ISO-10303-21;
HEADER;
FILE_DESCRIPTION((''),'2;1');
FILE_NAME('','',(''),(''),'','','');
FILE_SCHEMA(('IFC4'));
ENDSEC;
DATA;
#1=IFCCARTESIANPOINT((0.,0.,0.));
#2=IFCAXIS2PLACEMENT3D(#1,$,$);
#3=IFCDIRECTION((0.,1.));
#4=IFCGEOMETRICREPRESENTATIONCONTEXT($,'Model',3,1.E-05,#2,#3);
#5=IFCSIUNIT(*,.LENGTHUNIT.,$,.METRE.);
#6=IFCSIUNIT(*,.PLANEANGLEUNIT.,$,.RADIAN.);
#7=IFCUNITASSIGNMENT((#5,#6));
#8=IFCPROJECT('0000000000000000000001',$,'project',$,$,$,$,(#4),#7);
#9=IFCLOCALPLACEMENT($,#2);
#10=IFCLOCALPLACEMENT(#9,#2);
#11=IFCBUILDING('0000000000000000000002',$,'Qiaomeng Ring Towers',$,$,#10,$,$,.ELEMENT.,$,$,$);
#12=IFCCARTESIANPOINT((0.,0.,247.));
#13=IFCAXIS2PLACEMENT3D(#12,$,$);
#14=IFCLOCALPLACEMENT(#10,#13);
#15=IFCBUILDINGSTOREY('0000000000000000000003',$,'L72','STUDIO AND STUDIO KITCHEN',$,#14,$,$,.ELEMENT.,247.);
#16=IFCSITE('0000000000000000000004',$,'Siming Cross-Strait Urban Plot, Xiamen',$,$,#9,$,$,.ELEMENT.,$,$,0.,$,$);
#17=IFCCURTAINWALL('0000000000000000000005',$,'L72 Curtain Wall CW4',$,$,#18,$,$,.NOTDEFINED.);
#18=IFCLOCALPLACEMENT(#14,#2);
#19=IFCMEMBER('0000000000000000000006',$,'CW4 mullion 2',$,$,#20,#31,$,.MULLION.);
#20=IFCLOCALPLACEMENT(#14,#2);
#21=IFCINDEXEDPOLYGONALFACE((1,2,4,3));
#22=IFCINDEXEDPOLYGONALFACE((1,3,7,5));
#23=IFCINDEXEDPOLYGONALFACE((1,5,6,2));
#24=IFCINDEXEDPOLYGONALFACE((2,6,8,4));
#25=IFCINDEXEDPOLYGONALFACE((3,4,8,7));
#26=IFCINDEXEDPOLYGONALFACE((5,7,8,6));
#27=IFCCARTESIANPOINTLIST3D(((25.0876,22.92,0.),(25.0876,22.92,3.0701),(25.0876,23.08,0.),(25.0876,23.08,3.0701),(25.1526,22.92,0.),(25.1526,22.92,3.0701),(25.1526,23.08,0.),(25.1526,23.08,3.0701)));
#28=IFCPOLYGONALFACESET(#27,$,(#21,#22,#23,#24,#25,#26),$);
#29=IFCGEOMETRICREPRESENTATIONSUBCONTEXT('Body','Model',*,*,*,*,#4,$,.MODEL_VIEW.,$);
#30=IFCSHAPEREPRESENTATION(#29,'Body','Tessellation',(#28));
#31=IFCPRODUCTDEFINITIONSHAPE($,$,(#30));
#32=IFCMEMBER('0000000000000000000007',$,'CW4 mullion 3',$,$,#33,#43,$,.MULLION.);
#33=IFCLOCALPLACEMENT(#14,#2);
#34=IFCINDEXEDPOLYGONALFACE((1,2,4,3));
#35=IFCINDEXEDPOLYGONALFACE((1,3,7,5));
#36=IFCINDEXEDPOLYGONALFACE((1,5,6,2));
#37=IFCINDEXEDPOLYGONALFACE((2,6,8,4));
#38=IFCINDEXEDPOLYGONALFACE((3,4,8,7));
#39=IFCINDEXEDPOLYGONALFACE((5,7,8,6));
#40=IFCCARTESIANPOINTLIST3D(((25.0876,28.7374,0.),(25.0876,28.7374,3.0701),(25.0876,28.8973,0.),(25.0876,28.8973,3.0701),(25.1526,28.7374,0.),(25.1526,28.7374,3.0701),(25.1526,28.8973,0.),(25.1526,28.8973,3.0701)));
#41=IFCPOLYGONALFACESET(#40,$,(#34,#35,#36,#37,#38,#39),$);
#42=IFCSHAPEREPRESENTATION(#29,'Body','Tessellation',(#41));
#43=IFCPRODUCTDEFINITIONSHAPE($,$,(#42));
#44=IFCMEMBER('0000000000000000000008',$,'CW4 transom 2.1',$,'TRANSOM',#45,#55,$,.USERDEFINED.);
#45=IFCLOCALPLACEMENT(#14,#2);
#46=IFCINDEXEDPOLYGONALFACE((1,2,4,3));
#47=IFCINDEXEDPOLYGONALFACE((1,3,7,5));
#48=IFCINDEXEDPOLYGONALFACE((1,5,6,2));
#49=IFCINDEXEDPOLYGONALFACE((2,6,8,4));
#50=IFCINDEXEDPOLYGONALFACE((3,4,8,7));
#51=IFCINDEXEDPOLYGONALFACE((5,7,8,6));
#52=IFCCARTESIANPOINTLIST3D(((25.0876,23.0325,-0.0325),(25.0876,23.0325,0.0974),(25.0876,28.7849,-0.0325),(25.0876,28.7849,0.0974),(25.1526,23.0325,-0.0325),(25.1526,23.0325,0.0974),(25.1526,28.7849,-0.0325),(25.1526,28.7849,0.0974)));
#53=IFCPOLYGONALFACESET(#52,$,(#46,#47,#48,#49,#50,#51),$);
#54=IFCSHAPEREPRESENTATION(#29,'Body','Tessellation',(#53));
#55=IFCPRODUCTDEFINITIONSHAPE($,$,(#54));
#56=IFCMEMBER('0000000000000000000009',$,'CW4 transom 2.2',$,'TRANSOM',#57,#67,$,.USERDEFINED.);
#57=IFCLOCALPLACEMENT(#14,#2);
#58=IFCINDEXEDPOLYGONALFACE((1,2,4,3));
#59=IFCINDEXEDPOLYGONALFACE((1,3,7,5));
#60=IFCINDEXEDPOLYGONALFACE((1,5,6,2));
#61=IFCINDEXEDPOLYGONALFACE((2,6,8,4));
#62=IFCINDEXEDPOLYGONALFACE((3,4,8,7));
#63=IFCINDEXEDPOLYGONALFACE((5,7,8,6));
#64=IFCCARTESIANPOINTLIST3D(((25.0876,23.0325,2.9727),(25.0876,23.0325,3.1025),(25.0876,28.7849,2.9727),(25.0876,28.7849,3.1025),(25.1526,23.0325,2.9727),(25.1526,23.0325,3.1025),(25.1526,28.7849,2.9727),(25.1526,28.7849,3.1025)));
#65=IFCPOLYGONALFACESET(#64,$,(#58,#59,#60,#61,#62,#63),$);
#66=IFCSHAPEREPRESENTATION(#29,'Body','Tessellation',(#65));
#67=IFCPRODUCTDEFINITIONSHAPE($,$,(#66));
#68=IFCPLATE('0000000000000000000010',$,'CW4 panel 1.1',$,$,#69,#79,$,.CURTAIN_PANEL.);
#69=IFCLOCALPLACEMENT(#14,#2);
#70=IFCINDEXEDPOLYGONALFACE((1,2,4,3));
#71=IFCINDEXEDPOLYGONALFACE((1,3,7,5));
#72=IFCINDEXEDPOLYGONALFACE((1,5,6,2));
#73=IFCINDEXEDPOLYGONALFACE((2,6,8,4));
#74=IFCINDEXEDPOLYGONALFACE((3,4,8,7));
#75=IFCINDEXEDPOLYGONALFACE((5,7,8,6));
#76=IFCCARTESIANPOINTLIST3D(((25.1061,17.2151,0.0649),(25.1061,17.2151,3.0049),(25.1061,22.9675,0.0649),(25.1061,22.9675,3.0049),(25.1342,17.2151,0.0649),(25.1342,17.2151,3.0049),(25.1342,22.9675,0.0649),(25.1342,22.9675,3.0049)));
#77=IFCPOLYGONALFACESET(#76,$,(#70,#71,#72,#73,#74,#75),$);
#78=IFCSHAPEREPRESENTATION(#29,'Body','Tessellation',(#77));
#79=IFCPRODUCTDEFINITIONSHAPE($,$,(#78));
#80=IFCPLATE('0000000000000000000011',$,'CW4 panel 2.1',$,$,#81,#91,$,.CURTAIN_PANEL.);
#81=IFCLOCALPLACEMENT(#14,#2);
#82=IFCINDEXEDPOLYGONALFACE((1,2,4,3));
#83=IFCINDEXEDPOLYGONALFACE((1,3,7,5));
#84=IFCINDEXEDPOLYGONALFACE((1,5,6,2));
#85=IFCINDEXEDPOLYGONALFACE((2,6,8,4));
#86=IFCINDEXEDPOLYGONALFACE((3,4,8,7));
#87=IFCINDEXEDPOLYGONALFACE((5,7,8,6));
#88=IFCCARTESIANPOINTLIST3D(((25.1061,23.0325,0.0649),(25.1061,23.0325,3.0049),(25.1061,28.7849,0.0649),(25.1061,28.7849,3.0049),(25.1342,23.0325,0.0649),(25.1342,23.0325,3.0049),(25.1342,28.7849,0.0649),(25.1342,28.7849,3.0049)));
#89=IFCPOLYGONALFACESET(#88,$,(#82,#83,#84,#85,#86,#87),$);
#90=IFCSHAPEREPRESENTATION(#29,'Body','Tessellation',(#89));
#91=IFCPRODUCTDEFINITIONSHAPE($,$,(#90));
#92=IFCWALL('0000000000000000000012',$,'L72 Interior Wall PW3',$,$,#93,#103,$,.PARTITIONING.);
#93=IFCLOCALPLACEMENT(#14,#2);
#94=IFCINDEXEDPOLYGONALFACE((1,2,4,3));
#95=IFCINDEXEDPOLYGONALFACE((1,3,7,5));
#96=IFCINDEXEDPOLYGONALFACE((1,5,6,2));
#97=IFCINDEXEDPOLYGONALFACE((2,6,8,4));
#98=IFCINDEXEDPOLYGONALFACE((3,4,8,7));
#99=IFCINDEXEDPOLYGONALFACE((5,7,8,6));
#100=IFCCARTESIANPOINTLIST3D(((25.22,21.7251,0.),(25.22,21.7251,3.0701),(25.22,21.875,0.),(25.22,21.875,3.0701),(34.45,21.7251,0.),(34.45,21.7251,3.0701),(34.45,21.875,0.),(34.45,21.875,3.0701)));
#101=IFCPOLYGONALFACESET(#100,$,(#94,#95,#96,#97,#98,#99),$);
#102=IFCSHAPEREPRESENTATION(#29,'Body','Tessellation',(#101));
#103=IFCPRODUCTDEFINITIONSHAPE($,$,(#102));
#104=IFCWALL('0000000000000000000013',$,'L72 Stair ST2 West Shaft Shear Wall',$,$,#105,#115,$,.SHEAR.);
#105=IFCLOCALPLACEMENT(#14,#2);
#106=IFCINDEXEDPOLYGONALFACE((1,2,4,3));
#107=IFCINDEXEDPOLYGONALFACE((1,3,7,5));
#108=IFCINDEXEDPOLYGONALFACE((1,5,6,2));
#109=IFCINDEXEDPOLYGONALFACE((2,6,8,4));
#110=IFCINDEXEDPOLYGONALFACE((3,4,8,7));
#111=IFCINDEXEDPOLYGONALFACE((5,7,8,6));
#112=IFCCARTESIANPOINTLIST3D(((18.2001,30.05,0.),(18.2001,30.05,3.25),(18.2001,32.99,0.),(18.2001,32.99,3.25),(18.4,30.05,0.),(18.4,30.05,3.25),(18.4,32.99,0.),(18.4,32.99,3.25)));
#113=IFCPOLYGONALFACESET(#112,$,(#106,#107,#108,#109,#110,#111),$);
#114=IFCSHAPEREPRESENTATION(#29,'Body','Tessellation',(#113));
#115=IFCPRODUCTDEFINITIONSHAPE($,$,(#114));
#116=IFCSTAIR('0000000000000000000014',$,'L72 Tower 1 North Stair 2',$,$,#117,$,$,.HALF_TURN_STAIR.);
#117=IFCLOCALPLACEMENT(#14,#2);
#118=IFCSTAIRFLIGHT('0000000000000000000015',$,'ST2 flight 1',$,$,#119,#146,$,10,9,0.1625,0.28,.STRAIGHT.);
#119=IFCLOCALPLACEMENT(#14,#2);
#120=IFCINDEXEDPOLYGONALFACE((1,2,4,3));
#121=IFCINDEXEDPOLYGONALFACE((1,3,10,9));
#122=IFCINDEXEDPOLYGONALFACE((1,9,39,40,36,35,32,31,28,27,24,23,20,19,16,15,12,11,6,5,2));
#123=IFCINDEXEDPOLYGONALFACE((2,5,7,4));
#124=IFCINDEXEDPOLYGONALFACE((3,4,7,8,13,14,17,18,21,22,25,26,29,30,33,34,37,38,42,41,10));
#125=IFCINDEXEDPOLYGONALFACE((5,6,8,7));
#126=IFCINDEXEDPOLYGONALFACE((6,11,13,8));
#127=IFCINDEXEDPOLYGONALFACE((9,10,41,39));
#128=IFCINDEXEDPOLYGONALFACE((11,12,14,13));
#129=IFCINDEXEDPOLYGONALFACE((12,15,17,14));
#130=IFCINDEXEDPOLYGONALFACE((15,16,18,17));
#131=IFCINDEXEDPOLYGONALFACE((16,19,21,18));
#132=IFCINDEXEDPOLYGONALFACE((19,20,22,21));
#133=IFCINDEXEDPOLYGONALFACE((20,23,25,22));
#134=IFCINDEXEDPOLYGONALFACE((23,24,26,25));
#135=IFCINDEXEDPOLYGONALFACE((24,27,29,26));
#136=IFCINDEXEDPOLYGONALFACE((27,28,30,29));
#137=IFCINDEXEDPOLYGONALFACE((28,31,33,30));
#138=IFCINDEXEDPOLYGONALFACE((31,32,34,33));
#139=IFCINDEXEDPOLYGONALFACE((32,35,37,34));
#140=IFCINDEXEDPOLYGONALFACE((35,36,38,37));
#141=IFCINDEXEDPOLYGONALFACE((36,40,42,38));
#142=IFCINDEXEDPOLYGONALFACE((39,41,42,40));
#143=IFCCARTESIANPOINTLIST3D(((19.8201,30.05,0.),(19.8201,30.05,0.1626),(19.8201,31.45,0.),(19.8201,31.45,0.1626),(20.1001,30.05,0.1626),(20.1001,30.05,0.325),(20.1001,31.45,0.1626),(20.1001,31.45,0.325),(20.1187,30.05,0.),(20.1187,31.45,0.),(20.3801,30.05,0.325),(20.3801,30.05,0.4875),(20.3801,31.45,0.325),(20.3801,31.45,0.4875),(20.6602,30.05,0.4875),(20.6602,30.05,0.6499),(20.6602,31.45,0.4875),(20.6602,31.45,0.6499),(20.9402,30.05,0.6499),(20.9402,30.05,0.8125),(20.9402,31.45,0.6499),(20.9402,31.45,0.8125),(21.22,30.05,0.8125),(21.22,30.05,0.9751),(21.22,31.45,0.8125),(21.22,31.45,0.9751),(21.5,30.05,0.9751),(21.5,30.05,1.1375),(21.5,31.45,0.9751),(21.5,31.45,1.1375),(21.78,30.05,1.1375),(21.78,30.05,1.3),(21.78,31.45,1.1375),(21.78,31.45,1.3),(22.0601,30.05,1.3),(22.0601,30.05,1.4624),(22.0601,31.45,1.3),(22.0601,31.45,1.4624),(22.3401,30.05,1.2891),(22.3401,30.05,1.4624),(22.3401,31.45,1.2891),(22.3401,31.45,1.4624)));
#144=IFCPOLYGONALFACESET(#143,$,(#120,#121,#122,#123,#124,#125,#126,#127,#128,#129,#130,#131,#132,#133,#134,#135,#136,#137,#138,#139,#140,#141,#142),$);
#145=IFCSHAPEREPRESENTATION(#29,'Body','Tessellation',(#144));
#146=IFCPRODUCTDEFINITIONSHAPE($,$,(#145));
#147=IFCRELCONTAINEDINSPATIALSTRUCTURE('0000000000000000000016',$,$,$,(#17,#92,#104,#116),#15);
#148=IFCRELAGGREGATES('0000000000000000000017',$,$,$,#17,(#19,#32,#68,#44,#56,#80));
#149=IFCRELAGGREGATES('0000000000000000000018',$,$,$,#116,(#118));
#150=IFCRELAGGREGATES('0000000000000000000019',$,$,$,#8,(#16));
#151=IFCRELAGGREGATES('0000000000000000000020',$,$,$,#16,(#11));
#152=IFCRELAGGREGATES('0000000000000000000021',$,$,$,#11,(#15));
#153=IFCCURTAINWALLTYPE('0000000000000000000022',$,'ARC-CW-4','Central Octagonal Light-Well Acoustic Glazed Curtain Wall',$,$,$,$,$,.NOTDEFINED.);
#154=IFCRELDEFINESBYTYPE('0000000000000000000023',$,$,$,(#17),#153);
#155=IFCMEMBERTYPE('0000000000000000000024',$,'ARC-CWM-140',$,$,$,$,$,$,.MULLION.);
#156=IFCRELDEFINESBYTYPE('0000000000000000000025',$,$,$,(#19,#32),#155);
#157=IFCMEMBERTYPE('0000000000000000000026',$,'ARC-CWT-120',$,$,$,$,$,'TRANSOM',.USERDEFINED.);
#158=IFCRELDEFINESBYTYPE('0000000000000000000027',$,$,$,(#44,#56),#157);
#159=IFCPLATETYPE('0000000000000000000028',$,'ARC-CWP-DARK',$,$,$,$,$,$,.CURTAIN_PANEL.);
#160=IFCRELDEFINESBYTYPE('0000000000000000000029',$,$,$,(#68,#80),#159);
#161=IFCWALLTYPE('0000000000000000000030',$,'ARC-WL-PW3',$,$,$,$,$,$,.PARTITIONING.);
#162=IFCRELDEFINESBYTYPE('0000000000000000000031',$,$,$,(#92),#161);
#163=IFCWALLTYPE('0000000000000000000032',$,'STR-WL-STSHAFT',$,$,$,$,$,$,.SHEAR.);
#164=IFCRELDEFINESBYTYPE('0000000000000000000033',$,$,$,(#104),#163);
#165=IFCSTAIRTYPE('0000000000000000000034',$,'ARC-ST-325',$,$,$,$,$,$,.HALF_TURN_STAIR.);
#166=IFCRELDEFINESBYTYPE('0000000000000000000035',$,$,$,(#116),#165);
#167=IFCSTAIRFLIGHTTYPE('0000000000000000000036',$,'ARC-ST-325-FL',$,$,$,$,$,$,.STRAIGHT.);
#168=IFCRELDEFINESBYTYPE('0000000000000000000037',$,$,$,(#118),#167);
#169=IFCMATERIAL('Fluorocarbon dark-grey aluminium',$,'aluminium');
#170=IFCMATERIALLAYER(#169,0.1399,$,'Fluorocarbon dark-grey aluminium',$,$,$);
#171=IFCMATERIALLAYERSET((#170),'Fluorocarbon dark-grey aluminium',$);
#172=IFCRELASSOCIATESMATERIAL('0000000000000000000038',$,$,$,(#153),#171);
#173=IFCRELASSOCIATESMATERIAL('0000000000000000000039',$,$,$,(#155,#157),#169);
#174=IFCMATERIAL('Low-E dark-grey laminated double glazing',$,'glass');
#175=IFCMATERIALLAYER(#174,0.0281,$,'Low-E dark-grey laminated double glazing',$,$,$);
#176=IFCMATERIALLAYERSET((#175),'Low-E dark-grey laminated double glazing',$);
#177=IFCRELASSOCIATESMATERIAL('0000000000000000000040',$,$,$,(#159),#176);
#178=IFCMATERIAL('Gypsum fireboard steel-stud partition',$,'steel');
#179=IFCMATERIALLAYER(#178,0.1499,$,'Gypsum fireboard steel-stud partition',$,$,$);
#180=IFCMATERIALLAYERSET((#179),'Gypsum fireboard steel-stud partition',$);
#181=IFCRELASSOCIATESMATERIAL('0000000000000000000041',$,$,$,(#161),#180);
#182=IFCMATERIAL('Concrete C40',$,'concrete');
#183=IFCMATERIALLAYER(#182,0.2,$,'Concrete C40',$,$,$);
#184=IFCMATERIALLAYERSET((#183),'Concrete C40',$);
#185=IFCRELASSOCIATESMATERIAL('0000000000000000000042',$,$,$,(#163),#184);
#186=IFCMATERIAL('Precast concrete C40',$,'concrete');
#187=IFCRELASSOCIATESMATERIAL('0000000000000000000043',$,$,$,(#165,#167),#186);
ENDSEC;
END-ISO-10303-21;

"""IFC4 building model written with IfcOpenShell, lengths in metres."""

from ifc_helpers import new_model, si_unit, direction, frame, frame_2d, origin, origin_2d, place, context, subcontext, project, spatial, polyline, rectangle, outline, extrude, source, transform, mapped, material, layer, layer_set, material_profile, profile_set, type_object, element, aggregate, save


model = new_model("IFC4")

# Units and contexts
model_context = context("Model", 3, precision=1e-05, world=origin(), true_north=direction((0.0, 1.0)))
body_context = subcontext(model_context, "Body", "Model", "MODEL_VIEW")
ifc_project = project(units=[si_unit("LENGTHUNIT", "METRE"), si_unit("PLANEANGLEUNIT", "RADIAN")], contexts=[model_context])

# Site, building, storey
site_placement = place(None, origin())
site = spatial("IfcSite", under=ifc_project, at=site_placement, Name="Siming Cross-Strait Urban Plot, Xiamen", CompositionType="ELEMENT", RefElevation=0.0)
building_placement = place(site_placement, origin())
building = spatial("IfcBuilding", under=site, at=building_placement, Name="Qiaomeng Ring Towers", CompositionType="ELEMENT")
storey_placement = place(building_placement, frame((0.0, 0.0, 247.0)))
storey = spatial("IfcBuildingStorey", under=building, at=storey_placement, Name="L72", Description="STUDIO AND STUDIO KITCHEN", CompositionType="ELEMENT", Elevation=247.0)

# Curtain wall, members, plates
ifc_material_1 = material(Name="Fluorocarbon dark-grey aluminium", Category="aluminium")
ifc_layer_1 = layer(ifc_material_1, 0.1399, Name="Fluorocarbon dark-grey aluminium")
ifc_layer_set_1 = layer_set([ifc_layer_1], Name="Fluorocarbon dark-grey aluminium")
curtain_wall_type = type_object("IfcCurtainWallType", Name="ARC-CW-4", Description="Central Octagonal Light-Well Acoustic Glazed Curtain Wall", PredefinedType="NOTDEFINED", material=ifc_layer_set_1)
curtain_wall_placement = place(storey_placement, origin())
curtain_wall = element("IfcCurtainWall", 1, at=curtain_wall_placement, inside=storey, type_object=curtain_wall_type, Name="L72 Curtain Wall CW4", PredefinedType="NOTDEFINED")
ifc_material_profile_1 = material_profile(ifc_material_1, rectangle(XDim=0.0649, YDim=0.1599, at=origin_2d()), Name="ALU MULL 65x160")
ifc_profile_set_1 = profile_set([ifc_material_profile_1], Name="Fluorocarbon dark-grey aluminium")
member_type_1 = type_object("IfcMemberType", Name="ARC-CWM-140", PredefinedType="MULLION", material=ifc_profile_set_1)
shared_shape_1 = source(origin(), body_context, "Body", "SweptSolid", [
    extrude(rectangle(XDim=0.0649, YDim=0.1599, at=origin_2d()), origin(), (0.0, 0.0, 1.0), 3.0701),
])
member_1_placement = place(storey_placement, frame((25.1201, 23.0, 0.0), z_axis=(0.0, 0.0, 1.0), x_axis=(-1.0, 0.0, 0.0)))
member_1 = element("IfcMember", 2, at=member_1_placement, type_object=member_type_1, Name="CW4 mullion 2", PredefinedType="MULLION", context=body_context, shape_type="MappedRepresentation", body=[
    mapped(shared_shape_1, transform((0.0, 0.0, 0.0), x_axis=(1.0, 0.0, 0.0), y_axis=(0.0, 1.0, 0.0), z_axis=(0.0, 0.0, 1.0), scale=1.0)),
])
member_2_placement = place(storey_placement, frame((25.1201, 28.8174, 0.0), z_axis=(0.0, 0.0, 1.0), x_axis=(-1.0, 0.0, 0.0)))
member_2 = element("IfcMember", 3, at=member_2_placement, type_object=member_type_1, Name="CW4 mullion 3", PredefinedType="MULLION", context=body_context, shape_type="MappedRepresentation", body=[
    mapped(shared_shape_1, transform((0.0, 0.0, 0.0), x_axis=(1.0, 0.0, 0.0), y_axis=(0.0, 1.0, 0.0), z_axis=(0.0, 0.0, 1.0), scale=1.0)),
])
ifc_material_profile_2 = material_profile(ifc_material_1, rectangle(XDim=0.0649, YDim=0.1299, at=origin_2d()), Name="ALU TRAN 65x130")
ifc_profile_set_2 = profile_set([ifc_material_profile_2], Name="Fluorocarbon dark-grey aluminium")
member_type_2 = type_object("IfcMemberType", Name="ARC-CWT-120", ElementType="TRANSOM", PredefinedType="USERDEFINED", material=ifc_profile_set_2)
shared_shape_2 = source(origin(), body_context, "Body", "SweptSolid", [
    extrude(rectangle(XDim=0.0649, YDim=0.1299, at=origin_2d()), origin(), (0.0, 0.0, 1.0), 5.7524),
])
member_3_placement = place(storey_placement, frame((25.1201, 23.0325, 0.0325), z_axis=(0.0, 1.0, 0.0), x_axis=(-1.0, 0.0, 0.0)))
member_3 = element("IfcMember", 4, at=member_3_placement, type_object=member_type_2, Name="CW4 transom 2.1", ObjectType="TRANSOM", PredefinedType="USERDEFINED", context=body_context, shape_type="MappedRepresentation", body=[
    mapped(shared_shape_2, transform((0.0, 0.0, 0.0), x_axis=(1.0, 0.0, 0.0), y_axis=(0.0, 1.0, 0.0), z_axis=(0.0, 0.0, 1.0), scale=1.0)),
])
member_4_placement = place(storey_placement, frame((25.1201, 23.0325, 3.0376), z_axis=(0.0, 1.0, 0.0), x_axis=(-1.0, 0.0, 0.0)))
member_4 = element("IfcMember", 5, at=member_4_placement, type_object=member_type_2, Name="CW4 transom 2.2", ObjectType="TRANSOM", PredefinedType="USERDEFINED", context=body_context, shape_type="MappedRepresentation", body=[
    mapped(shared_shape_2, transform((0.0, 0.0, 0.0), x_axis=(1.0, 0.0, 0.0), y_axis=(0.0, 1.0, 0.0), z_axis=(0.0, 0.0, 1.0), scale=1.0)),
])
ifc_material_2 = material(Name="Low-E dark-grey laminated double glazing", Category="glass")
ifc_layer_2 = layer(ifc_material_2, 0.0281, Name="Low-E dark-grey laminated double glazing")
ifc_layer_set_2 = layer_set([ifc_layer_2], Name="Low-E dark-grey laminated double glazing")
plate_type = type_object("IfcPlateType", Name="ARC-CWP-DARK", PredefinedType="CURTAIN_PANEL", material=ifc_layer_set_2)
shared_shape_3 = source(origin(), body_context, "Body", "SweptSolid", [
    extrude(rectangle(XDim=5.7524, YDim=0.0281, at=origin_2d()), origin(), (0.0, 0.0, 1.0), 2.9399),
])
plate_1_placement = place(storey_placement, frame((25.1201, 20.0913, 0.0649), z_axis=(0.0, 0.0, 1.0), x_axis=(0.0, 1.0, 0.0)))
plate_1 = element("IfcPlate", 6, at=plate_1_placement, type_object=plate_type, Name="CW4 panel 1.1", PredefinedType="CURTAIN_PANEL", context=body_context, shape_type="MappedRepresentation", body=[
    mapped(shared_shape_3, transform((0.0, 0.0, 0.0), x_axis=(1.0, 0.0, 0.0), y_axis=(0.0, 1.0, 0.0), z_axis=(0.0, 0.0, 1.0), scale=1.0)),
])
plate_2_placement = place(storey_placement, frame((25.1201, 25.9087, 0.0649), z_axis=(0.0, 0.0, 1.0), x_axis=(0.0, 1.0, 0.0)))
plate_2 = element("IfcPlate", 7, at=plate_2_placement, type_object=plate_type, Name="CW4 panel 2.1", PredefinedType="CURTAIN_PANEL", context=body_context, shape_type="MappedRepresentation", body=[
    mapped(shared_shape_3, transform((0.0, 0.0, 0.0), x_axis=(1.0, 0.0, 0.0), y_axis=(0.0, 1.0, 0.0), z_axis=(0.0, 0.0, 1.0), scale=1.0)),
])
aggregate(curtain_wall, [member_1, member_2, plate_1, member_3, member_4, plate_2])

# Walls
ifc_material_3 = material(Name="Gypsum fireboard steel-stud partition", Category="steel")
ifc_layer_3 = layer(ifc_material_3, 0.1499, Name="Gypsum fireboard steel-stud partition")
ifc_layer_set_3 = layer_set([ifc_layer_3], Name="Gypsum fireboard steel-stud partition")
wall_type_1 = type_object("IfcWallType", Name="ARC-WL-PW3", PredefinedType="PARTITIONING", material=ifc_layer_set_3)
wall_1_placement = place(storey_placement, frame((25.22, 21.8, 0.0), z_axis=(0.0, 0.0, 1.0), x_axis=(1.0, 0.0, 0.0)))
element("IfcWall", 8, at=wall_1_placement, inside=storey, type_object=wall_type_1, Name="L72 Interior Wall PW3", PredefinedType="PARTITIONING", context=body_context, shape_type="SweptSolid", body=[
    extrude(rectangle(XDim=9.23, YDim=0.1499, at=frame_2d((4.615, 0.0))), origin(), (0.0, 0.0, 1.0), 3.0701),
])
ifc_material_4 = material(Name="Concrete C40", Category="concrete")
ifc_layer_4 = layer(ifc_material_4, 0.2, Name="Concrete C40")
ifc_layer_set_4 = layer_set([ifc_layer_4], Name="Concrete C40")
wall_type_2 = type_object("IfcWallType", Name="STR-WL-STSHAFT", PredefinedType="SHEAR", material=ifc_layer_set_4)
wall_2_placement = place(storey_placement, frame((18.3, 30.05, 0.0), z_axis=(0.0, 0.0, 1.0), x_axis=(0.0, 1.0, 0.0)))
element("IfcWall", 9, at=wall_2_placement, inside=storey, type_object=wall_type_2, Name="L72 Stair ST2 West Shaft Shear Wall", PredefinedType="SHEAR", context=body_context, shape_type="SweptSolid", body=[
    extrude(rectangle(XDim=2.9399, YDim=0.2, at=frame_2d((1.47, 0.0))), origin(), (0.0, 0.0, 1.0), 3.25),
])

# Stair, stair flight
ifc_material_5 = material(Name="Precast concrete C40", Category="concrete")
stair_type = type_object("IfcStairType", Name="ARC-ST-325", PredefinedType="HALF_TURN_STAIR", material=ifc_material_5)
stair_placement = place(storey_placement, origin())
stair = element("IfcStair", 10, at=stair_placement, inside=storey, type_object=stair_type, Name="L72 Tower 1 North Stair 2", PredefinedType="HALF_TURN_STAIR")
stair_flight_type = type_object("IfcStairFlightType", Name="ARC-ST-325-FL", PredefinedType="STRAIGHT", material=ifc_material_5)
shared_shape_4 = source(origin(), body_context, "Body", "SweptSolid", [
    extrude(outline(polyline([(0.0, 0.0), (0.0, 0.1626), (0.28, 0.1626), (0.28, 0.325), (0.5601, 0.325), (0.5601, 0.4875), (0.8401, 0.4875), (0.8401, 0.6499), (1.1201, 0.6499), (1.1201, 0.8125), (1.3999, 0.8125), (1.3999, 0.9751), (1.6799, 0.9751), (1.6799, 1.1375), (1.96, 1.1375), (1.96, 1.3), (2.24, 1.3), (2.24, 1.4624), (2.52, 1.4624), (2.52, 1.625), (2.52, 1.2891), (0.2986, 0.0), (0.0, 0.0)])), frame((0.0, 0.7, 0.0), z_axis=(0.0, -1.0, 0.0), x_axis=(1.0, 0.0, 0.0)), (0.0, 0.0, 1.0), 1.3999),
])
stair_flight_placement = place(storey_placement, frame((19.8201, 30.75, 0.0), z_axis=(0.0, 0.0, 1.0), x_axis=(1.0, 0.0, 0.0)))
stair_flight = element("IfcStairFlight", 11, at=stair_flight_placement, type_object=stair_flight_type, Name="ST2 flight 1", NumberOfRisers=10, NumberOfTreads=9, PredefinedType="STRAIGHT", RiserHeight=0.1625, TreadLength=0.28, context=body_context, shape_type="MappedRepresentation", body=[
    mapped(shared_shape_4, transform((0.0, 0.0, 0.0), x_axis=(1.0, 0.0, 0.0), y_axis=(0.0, 1.0, 0.0), z_axis=(0.0, 0.0, 1.0), scale=1.0)),
])
aggregate(stair, [stair_flight])

save(model, "model.ifc")
